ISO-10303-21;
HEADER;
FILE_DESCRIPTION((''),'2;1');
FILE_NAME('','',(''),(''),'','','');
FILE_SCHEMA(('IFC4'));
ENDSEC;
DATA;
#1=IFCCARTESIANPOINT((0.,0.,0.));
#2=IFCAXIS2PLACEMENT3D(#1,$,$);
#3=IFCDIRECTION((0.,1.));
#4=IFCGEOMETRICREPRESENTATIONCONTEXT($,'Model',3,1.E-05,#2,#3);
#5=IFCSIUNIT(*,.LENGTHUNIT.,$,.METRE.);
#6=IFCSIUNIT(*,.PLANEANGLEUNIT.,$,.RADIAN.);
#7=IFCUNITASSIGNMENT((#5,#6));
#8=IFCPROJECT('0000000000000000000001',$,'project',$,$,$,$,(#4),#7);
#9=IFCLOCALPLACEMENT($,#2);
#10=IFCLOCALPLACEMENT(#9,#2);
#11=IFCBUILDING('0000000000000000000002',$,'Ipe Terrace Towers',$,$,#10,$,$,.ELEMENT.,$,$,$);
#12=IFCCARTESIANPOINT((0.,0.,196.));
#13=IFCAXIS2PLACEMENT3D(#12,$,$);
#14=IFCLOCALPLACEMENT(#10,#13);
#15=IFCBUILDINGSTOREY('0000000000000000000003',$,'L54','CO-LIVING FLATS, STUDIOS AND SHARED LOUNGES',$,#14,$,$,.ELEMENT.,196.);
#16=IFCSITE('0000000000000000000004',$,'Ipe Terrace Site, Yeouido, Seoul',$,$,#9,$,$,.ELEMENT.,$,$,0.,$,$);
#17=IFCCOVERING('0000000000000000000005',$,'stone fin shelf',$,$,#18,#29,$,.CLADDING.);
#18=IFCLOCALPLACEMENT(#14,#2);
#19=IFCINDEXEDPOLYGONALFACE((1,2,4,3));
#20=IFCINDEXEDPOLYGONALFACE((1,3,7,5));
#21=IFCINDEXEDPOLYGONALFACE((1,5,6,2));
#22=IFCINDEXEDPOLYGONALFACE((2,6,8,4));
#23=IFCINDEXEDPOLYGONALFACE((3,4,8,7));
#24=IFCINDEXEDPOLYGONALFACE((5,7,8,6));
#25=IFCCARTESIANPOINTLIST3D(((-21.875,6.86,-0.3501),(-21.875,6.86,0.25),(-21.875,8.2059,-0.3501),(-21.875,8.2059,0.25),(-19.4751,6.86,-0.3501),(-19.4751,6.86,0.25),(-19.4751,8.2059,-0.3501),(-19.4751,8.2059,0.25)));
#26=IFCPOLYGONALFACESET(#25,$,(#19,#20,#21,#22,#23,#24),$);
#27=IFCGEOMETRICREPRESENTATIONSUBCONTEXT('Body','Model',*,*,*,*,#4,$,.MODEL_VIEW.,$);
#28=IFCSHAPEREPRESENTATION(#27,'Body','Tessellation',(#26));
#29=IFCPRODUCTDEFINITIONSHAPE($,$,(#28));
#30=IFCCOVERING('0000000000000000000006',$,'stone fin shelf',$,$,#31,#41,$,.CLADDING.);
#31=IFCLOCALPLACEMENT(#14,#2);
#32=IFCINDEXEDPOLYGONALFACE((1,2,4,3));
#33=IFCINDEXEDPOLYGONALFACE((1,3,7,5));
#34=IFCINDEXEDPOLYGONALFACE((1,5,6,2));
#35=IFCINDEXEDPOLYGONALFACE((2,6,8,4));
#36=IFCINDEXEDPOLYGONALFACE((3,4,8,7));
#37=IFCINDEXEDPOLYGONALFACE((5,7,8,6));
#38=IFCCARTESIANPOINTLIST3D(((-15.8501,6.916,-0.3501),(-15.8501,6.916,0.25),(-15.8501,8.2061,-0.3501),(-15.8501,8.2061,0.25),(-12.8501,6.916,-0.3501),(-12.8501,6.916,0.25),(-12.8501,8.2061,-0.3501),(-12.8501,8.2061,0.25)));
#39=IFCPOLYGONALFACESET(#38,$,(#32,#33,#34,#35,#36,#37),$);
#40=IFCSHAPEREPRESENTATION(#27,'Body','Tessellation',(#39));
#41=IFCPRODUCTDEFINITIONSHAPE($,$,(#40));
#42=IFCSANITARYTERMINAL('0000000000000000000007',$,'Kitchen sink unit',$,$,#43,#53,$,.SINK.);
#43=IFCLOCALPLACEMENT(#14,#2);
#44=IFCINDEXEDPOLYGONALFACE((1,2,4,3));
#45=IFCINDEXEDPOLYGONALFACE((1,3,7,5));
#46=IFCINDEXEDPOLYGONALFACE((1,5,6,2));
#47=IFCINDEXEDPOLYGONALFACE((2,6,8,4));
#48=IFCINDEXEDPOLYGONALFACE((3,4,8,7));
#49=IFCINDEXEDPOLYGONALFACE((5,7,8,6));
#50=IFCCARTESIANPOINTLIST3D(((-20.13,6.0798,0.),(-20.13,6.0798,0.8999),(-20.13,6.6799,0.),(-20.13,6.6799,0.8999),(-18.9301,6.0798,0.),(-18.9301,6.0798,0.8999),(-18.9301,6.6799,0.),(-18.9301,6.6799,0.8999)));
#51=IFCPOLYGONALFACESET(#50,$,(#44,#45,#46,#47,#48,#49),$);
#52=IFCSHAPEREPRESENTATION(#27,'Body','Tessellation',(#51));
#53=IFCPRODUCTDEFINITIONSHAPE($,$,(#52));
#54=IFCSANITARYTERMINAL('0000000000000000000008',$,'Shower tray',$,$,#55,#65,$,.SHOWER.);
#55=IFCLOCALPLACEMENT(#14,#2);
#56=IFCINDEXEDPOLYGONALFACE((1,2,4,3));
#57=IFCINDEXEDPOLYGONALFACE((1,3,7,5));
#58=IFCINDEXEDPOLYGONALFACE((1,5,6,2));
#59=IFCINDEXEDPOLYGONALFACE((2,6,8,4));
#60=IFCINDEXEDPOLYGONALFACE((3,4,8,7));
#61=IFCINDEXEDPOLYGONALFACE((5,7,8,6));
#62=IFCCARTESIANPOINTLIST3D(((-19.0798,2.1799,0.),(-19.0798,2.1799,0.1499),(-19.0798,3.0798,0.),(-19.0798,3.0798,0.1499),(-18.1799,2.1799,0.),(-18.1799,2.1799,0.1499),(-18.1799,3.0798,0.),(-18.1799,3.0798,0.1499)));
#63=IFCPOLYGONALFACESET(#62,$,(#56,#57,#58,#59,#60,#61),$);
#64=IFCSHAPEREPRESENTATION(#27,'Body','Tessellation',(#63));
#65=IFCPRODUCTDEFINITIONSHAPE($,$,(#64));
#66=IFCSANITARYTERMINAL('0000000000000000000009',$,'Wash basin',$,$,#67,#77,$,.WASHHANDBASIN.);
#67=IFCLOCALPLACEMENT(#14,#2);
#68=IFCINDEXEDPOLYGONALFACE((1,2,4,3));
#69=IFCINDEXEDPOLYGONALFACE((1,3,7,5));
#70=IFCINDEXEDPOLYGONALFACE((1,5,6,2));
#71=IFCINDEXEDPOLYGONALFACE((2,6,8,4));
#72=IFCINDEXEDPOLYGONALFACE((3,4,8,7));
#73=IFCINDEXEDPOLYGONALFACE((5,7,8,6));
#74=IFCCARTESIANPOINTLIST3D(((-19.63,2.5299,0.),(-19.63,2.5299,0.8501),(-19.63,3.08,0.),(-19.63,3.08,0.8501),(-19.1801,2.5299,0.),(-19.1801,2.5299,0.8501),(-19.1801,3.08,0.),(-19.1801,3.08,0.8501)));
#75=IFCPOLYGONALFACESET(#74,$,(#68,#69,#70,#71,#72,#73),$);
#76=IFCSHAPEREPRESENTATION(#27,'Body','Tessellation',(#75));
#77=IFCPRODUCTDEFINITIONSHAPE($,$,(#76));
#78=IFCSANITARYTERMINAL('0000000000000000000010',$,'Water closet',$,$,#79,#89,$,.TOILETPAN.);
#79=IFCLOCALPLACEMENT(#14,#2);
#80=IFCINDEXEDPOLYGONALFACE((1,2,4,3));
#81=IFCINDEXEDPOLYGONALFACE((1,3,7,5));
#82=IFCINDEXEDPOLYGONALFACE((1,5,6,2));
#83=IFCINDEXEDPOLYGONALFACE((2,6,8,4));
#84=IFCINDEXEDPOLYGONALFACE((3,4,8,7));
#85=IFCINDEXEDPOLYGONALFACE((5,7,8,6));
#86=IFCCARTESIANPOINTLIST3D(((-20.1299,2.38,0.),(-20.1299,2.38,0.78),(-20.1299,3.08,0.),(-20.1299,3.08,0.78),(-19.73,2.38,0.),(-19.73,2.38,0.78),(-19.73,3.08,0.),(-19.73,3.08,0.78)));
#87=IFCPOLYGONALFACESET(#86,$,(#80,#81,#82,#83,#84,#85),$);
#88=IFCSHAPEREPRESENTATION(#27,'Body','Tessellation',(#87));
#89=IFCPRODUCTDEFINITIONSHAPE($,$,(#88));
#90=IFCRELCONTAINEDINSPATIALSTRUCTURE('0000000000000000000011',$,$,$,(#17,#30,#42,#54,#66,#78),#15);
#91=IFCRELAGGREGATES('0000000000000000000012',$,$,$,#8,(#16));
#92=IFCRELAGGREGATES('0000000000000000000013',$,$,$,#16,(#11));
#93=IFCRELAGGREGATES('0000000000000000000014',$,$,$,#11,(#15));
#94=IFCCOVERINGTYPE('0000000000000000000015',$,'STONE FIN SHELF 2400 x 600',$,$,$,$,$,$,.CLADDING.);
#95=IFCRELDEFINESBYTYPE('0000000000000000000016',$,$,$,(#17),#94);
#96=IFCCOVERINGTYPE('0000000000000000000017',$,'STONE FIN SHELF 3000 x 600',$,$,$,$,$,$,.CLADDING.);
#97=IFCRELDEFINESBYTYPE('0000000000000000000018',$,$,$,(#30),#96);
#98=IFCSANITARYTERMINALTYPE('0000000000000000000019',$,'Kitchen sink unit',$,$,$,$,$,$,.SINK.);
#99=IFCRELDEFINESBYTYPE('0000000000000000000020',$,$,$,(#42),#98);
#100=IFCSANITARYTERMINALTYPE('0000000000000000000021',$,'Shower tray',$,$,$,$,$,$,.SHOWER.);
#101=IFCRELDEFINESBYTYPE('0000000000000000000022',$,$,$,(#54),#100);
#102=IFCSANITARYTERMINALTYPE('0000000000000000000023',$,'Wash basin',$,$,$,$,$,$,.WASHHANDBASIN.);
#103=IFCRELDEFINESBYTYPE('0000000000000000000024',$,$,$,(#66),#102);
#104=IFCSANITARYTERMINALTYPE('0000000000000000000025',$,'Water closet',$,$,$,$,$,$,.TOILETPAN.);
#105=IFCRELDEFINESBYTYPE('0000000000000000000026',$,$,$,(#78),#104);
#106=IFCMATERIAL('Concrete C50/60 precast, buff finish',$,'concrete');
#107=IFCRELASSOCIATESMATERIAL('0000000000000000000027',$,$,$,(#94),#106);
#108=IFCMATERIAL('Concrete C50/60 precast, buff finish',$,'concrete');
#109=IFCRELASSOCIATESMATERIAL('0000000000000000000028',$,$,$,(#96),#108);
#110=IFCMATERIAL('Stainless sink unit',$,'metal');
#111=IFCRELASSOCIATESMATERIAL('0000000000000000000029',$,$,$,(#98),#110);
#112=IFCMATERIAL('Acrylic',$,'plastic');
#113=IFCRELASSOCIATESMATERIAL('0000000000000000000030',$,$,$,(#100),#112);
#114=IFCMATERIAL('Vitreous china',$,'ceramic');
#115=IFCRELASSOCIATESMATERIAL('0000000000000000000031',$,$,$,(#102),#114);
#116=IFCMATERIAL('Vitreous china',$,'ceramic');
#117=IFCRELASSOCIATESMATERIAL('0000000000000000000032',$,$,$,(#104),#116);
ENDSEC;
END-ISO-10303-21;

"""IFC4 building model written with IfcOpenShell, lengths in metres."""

from ifc_helpers import new_model, si_unit, direction, frame, origin, origin_2d, place, context, subcontext, project, spatial, rectangle, extrude, material, type_object, element, save


model = new_model("IFC4")

# Units and contexts
model_context = context("Model", 3, precision=1e-05, world=origin(), true_north=direction((0.0, 1.0)))
body_context = subcontext(model_context, "Body", "Model", "MODEL_VIEW")
ifc_project = project(units=[si_unit("LENGTHUNIT", "METRE"), si_unit("PLANEANGLEUNIT", "RADIAN")], contexts=[model_context])

# Site, building, storey
site_placement = place(None, origin())
site = spatial("IfcSite", under=ifc_project, at=site_placement, Name="Ipe Terrace Site, Yeouido, Seoul", CompositionType="ELEMENT", RefElevation=0.0)
building_placement = place(site_placement, origin())
building = spatial("IfcBuilding", under=site, at=building_placement, Name="Ipe Terrace Towers", CompositionType="ELEMENT")
storey_placement = place(building_placement, frame((0.0, 0.0, 196.0)))
storey = spatial("IfcBuildingStorey", under=building, at=storey_placement, Name="L54", Description="CO-LIVING FLATS, STUDIOS AND SHARED LOUNGES", CompositionType="ELEMENT", Elevation=196.0)

# Coverings
ifc_material_1 = material(Name="Concrete C50/60 precast, buff finish", Category="concrete")
covering_type_1 = type_object("IfcCoveringType", Name="STONE FIN SHELF 2400 x 600", PredefinedType="CLADDING", material=ifc_material_1)
covering_1_placement = place(storey_placement, frame((-20.675, 7.533, -0.3501), z_axis=(0.0, 0.0, 1.0), x_axis=(-1.0, 0.0, 0.0)))
element("IfcCovering", 1, at=covering_1_placement, inside=storey, type_object=covering_type_1, Name="stone fin shelf", PredefinedType="CLADDING", context=body_context, shape_type="SweptSolid", body=[
    extrude(rectangle(XDim=2.3999, YDim=1.3459, at=origin_2d()), origin(), (0.0, 0.0, 1.0), 0.6001),
])
ifc_material_2 = material(Name="Concrete C50/60 precast, buff finish", Category="concrete")
covering_type_2 = type_object("IfcCoveringType", Name="STONE FIN SHELF 3000 x 600", PredefinedType="CLADDING", material=ifc_material_2)
covering_2_placement = place(storey_placement, frame((-14.3501, 7.561, -0.3501), z_axis=(0.0, 0.0, 1.0), x_axis=(-1.0, 0.0, 0.0)))
element("IfcCovering", 2, at=covering_2_placement, inside=storey, type_object=covering_type_2, Name="stone fin shelf", PredefinedType="CLADDING", context=body_context, shape_type="SweptSolid", body=[
    extrude(rectangle(XDim=3.0, YDim=1.29, at=origin_2d()), origin(), (0.0, 0.0, 1.0), 0.6001),
])

# Sanitary terminals
ifc_material_3 = material(Name="Stainless sink unit", Category="metal")
sanitary_terminal_type_1 = type_object("IfcSanitaryTerminalType", Name="Kitchen sink unit", PredefinedType="SINK", material=ifc_material_3)
sanitary_terminal_1_placement = place(storey_placement, frame((-19.53, 6.3799, 0.0), z_axis=(0.0, 0.0, 1.0), x_axis=(1.0, 0.0, 0.0)))
element("IfcSanitaryTerminal", 3, at=sanitary_terminal_1_placement, inside=storey, type_object=sanitary_terminal_type_1, Name="Kitchen sink unit", PredefinedType="SINK", context=body_context, shape_type="SweptSolid", body=[
    extrude(rectangle(XDim=1.2, YDim=0.6001, at=origin_2d()), origin(), (0.0, 0.0, 1.0), 0.8999),
])
ifc_material_4 = material(Name="Acrylic", Category="plastic")
sanitary_terminal_type_2 = type_object("IfcSanitaryTerminalType", Name="Shower tray", PredefinedType="SHOWER", material=ifc_material_4)
sanitary_terminal_2_placement = place(storey_placement, frame((-18.6299, 2.6299, 0.0), z_axis=(0.0, 0.0, 1.0), x_axis=(0.0, -1.0, 0.0)))
element("IfcSanitaryTerminal", 4, at=sanitary_terminal_2_placement, inside=storey, type_object=sanitary_terminal_type_2, Name="Shower tray", PredefinedType="SHOWER", context=body_context, shape_type="SweptSolid", body=[
    extrude(rectangle(XDim=0.8999, YDim=0.8999, at=origin_2d()), origin(), (0.0, 0.0, 1.0), 0.1499),
])
ifc_material_5 = material(Name="Vitreous china", Category="ceramic")
sanitary_terminal_type_3 = type_object("IfcSanitaryTerminalType", Name="Wash basin", PredefinedType="WASHHANDBASIN", material=ifc_material_5)
sanitary_terminal_3_placement = place(storey_placement, frame((-19.405, 2.8049, 0.0), z_axis=(0.0, 0.0, 1.0), x_axis=(0.0, -1.0, 0.0)))
element("IfcSanitaryTerminal", 5, at=sanitary_terminal_3_placement, inside=storey, type_object=sanitary_terminal_type_3, Name="Wash basin", PredefinedType="WASHHANDBASIN", context=body_context, shape_type="SweptSolid", body=[
    extrude(rectangle(XDim=0.55, YDim=0.45, at=origin_2d()), origin(), (0.0, 0.0, 1.0), 0.8501),
])
ifc_material_6 = material(Name="Vitreous china", Category="ceramic")
sanitary_terminal_type_4 = type_object("IfcSanitaryTerminalType", Name="Water closet", PredefinedType="TOILETPAN", material=ifc_material_6)
sanitary_terminal_4_placement = place(storey_placement, frame((-19.9299, 2.73, 0.0), z_axis=(0.0, 0.0, 1.0), x_axis=(0.0, -1.0, 0.0)))
element("IfcSanitaryTerminal", 6, at=sanitary_terminal_4_placement, inside=storey, type_object=sanitary_terminal_type_4, Name="Water closet", PredefinedType="TOILETPAN", context=body_context, shape_type="SweptSolid", body=[
    extrude(rectangle(XDim=0.7, YDim=0.3999, at=origin_2d()), origin(), (0.0, 0.0, 1.0), 0.78),
])

save(model, "model.ifc")
